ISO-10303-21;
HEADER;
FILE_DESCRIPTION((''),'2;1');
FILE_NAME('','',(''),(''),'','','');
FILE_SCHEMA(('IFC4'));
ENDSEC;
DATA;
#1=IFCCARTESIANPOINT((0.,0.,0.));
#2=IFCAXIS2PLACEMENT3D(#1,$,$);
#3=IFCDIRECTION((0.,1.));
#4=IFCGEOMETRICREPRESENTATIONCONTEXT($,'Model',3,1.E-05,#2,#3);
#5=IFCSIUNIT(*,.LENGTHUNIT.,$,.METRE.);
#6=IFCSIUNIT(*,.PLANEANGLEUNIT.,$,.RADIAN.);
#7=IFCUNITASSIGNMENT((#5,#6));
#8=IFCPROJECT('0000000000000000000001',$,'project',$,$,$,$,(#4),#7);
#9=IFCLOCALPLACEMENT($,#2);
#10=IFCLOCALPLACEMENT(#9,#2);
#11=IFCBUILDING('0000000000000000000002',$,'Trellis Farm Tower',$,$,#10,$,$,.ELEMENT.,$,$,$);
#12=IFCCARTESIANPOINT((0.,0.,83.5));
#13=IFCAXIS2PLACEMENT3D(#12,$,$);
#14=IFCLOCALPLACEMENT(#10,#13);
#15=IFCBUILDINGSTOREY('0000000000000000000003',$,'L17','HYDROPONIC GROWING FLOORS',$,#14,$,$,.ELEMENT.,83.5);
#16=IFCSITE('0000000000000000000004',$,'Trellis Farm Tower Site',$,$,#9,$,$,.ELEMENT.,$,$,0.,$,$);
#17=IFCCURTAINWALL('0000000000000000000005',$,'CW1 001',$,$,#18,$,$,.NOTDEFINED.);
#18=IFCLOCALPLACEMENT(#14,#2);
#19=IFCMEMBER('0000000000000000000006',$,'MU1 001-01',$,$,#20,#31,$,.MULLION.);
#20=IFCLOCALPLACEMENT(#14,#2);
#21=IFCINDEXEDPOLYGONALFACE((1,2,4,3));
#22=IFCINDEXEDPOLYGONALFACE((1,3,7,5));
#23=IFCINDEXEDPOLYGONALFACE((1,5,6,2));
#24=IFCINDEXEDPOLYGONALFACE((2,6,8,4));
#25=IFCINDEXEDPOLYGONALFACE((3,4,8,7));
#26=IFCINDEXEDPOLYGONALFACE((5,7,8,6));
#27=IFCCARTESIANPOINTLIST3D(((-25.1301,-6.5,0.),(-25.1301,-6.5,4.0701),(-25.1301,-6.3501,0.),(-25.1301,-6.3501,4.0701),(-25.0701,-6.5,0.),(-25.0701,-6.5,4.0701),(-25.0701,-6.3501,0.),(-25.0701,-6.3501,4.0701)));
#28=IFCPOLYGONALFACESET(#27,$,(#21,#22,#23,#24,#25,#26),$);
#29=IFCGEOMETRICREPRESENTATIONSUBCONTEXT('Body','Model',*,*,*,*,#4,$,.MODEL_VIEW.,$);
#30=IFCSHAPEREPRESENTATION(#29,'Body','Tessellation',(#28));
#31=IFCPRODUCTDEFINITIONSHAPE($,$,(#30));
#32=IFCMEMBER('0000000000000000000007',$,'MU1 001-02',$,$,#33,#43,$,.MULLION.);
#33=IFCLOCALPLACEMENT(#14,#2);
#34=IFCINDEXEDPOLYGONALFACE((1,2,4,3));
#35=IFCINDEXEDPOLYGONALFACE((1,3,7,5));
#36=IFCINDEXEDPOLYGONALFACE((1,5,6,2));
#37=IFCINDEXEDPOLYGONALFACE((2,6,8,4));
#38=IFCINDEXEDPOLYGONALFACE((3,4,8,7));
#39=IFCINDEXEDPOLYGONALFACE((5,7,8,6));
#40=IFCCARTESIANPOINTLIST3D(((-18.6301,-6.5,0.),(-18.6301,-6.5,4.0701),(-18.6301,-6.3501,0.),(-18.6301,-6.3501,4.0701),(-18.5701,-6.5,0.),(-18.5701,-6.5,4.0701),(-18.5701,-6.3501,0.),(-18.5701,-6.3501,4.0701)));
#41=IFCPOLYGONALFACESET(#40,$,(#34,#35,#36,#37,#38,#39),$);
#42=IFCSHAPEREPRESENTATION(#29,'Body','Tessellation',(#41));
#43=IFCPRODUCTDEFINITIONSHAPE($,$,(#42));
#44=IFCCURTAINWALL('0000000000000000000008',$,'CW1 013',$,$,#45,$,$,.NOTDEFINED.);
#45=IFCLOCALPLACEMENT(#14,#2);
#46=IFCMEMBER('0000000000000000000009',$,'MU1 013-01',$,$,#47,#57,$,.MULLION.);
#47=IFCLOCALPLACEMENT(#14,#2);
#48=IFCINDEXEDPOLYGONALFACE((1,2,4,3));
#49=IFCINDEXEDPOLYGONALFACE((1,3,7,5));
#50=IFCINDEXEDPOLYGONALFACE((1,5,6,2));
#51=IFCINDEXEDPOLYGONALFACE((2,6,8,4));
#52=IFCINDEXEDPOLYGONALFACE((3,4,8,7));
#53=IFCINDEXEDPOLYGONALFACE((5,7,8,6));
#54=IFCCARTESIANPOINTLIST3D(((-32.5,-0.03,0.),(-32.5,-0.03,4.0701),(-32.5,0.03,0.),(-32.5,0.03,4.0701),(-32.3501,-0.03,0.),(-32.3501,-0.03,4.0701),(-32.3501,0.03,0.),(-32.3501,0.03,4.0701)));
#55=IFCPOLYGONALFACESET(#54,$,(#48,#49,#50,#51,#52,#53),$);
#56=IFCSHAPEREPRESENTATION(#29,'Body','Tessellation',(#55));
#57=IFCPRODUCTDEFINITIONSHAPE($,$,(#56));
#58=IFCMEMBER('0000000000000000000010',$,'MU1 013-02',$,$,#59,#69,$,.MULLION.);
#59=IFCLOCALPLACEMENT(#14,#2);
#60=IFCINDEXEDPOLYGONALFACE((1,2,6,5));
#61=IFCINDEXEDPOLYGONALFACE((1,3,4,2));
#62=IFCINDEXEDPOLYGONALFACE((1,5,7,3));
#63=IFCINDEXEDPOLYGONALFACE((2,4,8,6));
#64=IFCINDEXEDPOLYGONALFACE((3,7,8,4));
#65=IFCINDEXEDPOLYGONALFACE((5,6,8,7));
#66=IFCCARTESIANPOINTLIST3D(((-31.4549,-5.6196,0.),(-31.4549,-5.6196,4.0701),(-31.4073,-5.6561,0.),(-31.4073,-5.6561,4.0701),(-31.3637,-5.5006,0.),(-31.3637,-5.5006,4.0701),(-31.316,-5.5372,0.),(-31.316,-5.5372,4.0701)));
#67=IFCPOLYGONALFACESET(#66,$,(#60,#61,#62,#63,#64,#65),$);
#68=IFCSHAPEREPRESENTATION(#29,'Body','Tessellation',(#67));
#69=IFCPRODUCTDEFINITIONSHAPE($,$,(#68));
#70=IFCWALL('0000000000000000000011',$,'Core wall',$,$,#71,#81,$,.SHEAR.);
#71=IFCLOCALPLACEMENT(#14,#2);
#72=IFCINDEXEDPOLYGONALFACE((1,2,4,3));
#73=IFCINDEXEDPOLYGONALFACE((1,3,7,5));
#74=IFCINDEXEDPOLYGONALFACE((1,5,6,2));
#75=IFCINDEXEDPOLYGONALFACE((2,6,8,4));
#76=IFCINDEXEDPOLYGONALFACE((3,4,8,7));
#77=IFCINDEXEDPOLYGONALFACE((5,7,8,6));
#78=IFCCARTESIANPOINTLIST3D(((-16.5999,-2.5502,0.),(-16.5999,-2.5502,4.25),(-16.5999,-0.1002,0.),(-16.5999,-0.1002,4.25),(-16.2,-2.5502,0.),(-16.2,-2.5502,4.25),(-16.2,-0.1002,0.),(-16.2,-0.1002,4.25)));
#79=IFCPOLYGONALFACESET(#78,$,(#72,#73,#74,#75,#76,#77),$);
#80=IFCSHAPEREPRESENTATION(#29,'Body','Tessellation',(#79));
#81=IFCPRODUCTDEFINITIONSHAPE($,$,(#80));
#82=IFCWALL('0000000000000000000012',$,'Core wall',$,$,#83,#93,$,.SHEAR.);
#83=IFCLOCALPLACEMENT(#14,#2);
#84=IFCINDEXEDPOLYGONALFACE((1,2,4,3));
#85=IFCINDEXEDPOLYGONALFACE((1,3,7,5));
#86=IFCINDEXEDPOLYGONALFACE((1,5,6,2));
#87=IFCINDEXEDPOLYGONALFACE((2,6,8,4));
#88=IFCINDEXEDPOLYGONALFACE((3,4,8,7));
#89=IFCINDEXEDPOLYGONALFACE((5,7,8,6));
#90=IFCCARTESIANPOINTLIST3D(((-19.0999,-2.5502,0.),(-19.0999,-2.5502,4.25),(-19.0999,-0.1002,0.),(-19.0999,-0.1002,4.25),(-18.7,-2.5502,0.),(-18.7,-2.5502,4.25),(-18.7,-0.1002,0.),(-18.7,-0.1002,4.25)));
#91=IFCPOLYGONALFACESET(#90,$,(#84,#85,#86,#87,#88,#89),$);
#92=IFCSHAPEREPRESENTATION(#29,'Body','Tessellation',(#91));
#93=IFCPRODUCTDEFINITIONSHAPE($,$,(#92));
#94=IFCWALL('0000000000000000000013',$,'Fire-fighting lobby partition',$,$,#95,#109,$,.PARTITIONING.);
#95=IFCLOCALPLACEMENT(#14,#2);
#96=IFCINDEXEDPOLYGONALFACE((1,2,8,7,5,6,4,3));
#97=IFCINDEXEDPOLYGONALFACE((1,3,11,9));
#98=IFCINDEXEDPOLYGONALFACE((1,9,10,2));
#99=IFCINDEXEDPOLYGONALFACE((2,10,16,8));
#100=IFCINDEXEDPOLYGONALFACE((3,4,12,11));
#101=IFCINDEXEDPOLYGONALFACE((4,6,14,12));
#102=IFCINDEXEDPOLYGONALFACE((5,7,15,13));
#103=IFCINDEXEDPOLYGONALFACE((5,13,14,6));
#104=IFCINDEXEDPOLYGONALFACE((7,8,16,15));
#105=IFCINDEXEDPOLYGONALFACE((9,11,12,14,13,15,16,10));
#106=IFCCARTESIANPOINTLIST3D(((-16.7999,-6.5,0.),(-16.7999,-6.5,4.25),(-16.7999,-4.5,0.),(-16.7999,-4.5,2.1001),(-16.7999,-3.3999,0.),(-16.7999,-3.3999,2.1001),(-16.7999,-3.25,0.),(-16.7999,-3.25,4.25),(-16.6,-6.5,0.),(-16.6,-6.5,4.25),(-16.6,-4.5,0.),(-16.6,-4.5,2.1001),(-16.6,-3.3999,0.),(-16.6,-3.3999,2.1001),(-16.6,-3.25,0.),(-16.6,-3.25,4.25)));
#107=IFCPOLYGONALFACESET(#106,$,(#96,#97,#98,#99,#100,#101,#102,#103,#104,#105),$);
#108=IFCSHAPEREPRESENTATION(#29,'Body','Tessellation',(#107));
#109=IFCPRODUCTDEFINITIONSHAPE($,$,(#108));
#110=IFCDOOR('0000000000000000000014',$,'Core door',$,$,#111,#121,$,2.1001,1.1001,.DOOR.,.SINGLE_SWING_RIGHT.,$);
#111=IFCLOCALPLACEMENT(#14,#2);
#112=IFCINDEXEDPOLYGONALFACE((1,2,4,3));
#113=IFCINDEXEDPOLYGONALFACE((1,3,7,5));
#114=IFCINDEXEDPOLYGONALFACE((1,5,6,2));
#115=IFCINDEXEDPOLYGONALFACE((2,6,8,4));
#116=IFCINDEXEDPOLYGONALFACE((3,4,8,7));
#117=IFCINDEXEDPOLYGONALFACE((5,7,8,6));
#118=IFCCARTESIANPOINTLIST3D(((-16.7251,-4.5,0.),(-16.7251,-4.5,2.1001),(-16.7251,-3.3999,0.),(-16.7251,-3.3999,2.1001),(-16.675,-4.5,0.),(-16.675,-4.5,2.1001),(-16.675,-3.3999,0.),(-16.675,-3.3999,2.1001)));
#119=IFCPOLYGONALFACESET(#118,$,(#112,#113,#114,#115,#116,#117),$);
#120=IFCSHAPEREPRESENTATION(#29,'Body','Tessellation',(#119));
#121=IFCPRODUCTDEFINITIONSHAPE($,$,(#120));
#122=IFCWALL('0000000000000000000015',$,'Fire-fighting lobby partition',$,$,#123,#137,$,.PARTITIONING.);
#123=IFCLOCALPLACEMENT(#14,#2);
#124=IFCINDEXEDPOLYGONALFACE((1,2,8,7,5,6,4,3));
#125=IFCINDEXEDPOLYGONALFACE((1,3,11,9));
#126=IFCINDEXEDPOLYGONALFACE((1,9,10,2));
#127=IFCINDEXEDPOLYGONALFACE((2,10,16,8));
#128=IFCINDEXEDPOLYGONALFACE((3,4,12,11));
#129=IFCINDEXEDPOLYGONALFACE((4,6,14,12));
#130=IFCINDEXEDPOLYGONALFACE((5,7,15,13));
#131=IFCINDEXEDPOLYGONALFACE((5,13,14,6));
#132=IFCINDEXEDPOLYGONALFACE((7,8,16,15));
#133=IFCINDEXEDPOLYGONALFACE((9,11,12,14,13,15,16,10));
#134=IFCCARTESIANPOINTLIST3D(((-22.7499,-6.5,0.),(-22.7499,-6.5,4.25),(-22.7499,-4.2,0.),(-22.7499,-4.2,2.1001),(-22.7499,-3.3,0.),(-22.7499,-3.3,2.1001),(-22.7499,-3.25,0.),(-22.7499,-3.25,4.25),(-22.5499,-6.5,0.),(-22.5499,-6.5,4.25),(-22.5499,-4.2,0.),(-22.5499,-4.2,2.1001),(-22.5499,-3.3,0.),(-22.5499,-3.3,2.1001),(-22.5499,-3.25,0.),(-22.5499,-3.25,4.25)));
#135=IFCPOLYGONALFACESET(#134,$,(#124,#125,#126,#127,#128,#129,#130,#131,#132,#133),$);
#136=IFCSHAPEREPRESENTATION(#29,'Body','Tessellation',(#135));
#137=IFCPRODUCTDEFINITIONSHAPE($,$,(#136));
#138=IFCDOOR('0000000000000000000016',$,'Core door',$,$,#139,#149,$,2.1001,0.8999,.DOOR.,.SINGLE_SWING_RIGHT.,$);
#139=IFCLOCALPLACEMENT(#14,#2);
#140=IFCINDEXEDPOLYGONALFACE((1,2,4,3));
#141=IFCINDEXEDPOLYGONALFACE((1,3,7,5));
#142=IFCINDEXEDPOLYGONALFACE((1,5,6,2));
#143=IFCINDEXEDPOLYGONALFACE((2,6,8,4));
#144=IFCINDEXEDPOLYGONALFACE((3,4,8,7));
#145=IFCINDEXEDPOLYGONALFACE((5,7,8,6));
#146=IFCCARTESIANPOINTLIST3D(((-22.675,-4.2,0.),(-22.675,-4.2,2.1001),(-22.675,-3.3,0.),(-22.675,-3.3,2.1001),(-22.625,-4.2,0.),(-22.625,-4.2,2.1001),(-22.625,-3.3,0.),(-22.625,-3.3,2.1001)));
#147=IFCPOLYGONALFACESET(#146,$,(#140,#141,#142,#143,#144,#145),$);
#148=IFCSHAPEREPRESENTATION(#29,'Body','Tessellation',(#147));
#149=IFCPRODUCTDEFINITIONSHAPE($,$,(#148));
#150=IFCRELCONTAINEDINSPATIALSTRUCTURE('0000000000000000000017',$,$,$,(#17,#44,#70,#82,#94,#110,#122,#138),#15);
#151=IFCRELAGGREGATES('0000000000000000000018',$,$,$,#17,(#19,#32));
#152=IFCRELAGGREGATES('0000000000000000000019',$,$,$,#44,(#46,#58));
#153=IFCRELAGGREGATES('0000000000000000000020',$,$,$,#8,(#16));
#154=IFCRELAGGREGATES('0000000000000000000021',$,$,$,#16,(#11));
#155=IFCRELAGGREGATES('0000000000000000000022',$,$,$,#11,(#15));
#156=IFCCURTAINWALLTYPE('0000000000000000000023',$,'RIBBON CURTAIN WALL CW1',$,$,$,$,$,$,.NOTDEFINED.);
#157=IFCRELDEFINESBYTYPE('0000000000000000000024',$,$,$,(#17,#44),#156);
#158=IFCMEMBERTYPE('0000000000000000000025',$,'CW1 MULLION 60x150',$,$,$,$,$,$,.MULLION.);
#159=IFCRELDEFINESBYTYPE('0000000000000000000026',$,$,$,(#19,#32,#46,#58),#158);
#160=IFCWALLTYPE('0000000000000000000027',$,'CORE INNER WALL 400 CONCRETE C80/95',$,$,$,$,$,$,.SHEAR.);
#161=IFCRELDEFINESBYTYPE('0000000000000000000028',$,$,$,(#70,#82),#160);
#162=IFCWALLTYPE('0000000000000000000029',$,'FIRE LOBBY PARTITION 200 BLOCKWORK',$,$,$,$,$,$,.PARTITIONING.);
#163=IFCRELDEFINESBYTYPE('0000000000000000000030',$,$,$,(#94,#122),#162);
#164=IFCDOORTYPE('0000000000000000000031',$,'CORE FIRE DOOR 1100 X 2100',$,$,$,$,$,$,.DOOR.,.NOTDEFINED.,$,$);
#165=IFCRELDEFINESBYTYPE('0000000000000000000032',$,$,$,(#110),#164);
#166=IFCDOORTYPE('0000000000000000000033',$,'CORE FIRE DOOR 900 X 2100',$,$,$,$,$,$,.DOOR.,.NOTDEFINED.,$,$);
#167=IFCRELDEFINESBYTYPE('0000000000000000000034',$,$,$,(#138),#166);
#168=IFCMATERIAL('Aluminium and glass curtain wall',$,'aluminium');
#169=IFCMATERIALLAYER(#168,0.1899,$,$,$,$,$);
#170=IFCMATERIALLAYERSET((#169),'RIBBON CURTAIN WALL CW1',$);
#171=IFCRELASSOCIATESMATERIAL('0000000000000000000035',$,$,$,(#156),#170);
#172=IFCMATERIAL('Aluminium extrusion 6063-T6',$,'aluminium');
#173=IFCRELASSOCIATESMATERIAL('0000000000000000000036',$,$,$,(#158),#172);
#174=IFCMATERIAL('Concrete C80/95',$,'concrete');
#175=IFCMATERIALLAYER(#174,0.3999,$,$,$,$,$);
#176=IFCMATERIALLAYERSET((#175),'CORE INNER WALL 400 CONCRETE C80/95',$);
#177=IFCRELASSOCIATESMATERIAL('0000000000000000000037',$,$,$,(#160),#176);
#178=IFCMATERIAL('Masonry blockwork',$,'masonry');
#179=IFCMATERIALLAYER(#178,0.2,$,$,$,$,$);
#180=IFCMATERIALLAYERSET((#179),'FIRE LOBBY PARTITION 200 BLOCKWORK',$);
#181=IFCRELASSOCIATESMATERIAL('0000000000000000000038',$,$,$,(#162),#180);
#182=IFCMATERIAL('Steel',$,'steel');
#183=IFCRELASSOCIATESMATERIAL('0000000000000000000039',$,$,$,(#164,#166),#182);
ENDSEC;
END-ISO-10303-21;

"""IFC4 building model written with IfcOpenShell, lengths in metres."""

from ifc_helpers import new_model, si_unit, direction, frame, frame_2d, origin, origin_2d, place, context, subcontext, project, spatial, rectangle, extrude, source, transform, mapped, material, layer, layer_set, material_profile, profile_set, type_object, element, fill, aggregate, save


model = new_model("IFC4")

# Units and contexts
model_context = context("Model", 3, precision=1e-05, world=origin(), true_north=direction((0.0, 1.0)))
body_context = subcontext(model_context, "Body", "Model", "MODEL_VIEW")
ifc_project = project(units=[si_unit("LENGTHUNIT", "METRE"), si_unit("PLANEANGLEUNIT", "RADIAN")], contexts=[model_context])

# Site, building, storey
site_placement = place(None, origin())
site = spatial("IfcSite", under=ifc_project, at=site_placement, Name="Trellis Farm Tower Site", CompositionType="ELEMENT", RefElevation=0.0)
building_placement = place(site_placement, origin())
building = spatial("IfcBuilding", under=site, at=building_placement, Name="Trellis Farm Tower", CompositionType="ELEMENT")
storey_placement = place(building_placement, frame((0.0, 0.0, 83.5)))
storey = spatial("IfcBuildingStorey", under=building, at=storey_placement, Name="L17", Description="HYDROPONIC GROWING FLOORS", CompositionType="ELEMENT", Elevation=83.5)

# Shared definitions
ifc_material_1 = material(Name="Concrete C80/95", Category="concrete")

# Curtain walls, members
ifc_material_2 = material(Name="Aluminium and glass curtain wall", Category="aluminium")
ifc_layer_1 = layer(ifc_material_2, 0.1899)
ifc_layer_set_1 = layer_set([ifc_layer_1], Name="RIBBON CURTAIN WALL CW1")
curtain_wall_type = type_object("IfcCurtainWallType", Name="RIBBON CURTAIN WALL CW1", PredefinedType="NOTDEFINED", material=ifc_layer_set_1)
placement = place(storey_placement, origin())
curtain_wall_1 = element("IfcCurtainWall", 1, at=placement, inside=storey, type_object=curtain_wall_type, Name="CW1 001", PredefinedType="NOTDEFINED")
ifc_material_3 = material(Name="Aluminium extrusion 6063-T6", Category="aluminium")
ifc_material_profile_1 = material_profile(ifc_material_3, rectangle(XDim=0.0601, YDim=0.1499, at=origin_2d()), Name="MULLION 60x150")
ifc_profile_set_1 = profile_set([ifc_material_profile_1], Name="Aluminium extrusion 6063-T6")
member_type = type_object("IfcMemberType", Name="CW1 MULLION 60x150", PredefinedType="MULLION", material=ifc_profile_set_1)
shared_shape_1 = source(origin(), body_context, "Body", "SweptSolid", [
    extrude(rectangle(XDim=0.0601, YDim=0.1499, at=origin_2d()), origin(), (0.0, 0.0, 1.0), 4.0701),
])
member_1_placement = place(storey_placement, frame((-25.1001, -6.425, 0.0), z_axis=(0.0, 0.0, 1.0), x_axis=(1.0, 0.0, 0.0)))
member_1 = element("IfcMember", 2, at=member_1_placement, type_object=member_type, Name="MU1 001-01", PredefinedType="MULLION", context=body_context, shape_type="MappedRepresentation", body=[
    mapped(shared_shape_1, transform((0.0, 0.0, 0.0))),
])
member_2_placement = place(storey_placement, frame((-18.6001, -6.425, 0.0), z_axis=(0.0, 0.0, 1.0), x_axis=(1.0, 0.0, 0.0)))
member_2 = element("IfcMember", 3, at=member_2_placement, type_object=member_type, Name="MU1 001-02", PredefinedType="MULLION", context=body_context, shape_type="MappedRepresentation", body=[
    mapped(shared_shape_1, transform((0.0, 0.0, 0.0))),
])
aggregate(curtain_wall_1, [member_1, member_2])
curtain_wall_2 = element("IfcCurtainWall", 4, at=placement, inside=storey, type_object=curtain_wall_type, Name="CW1 013", PredefinedType="NOTDEFINED")
member_3_placement = place(storey_placement, frame((-32.425, 0.0, 0.0), z_axis=(0.0, 0.0, 1.0), x_axis=(0.0, -1.0, 0.0)))
member_3 = element("IfcMember", 5, at=member_3_placement, type_object=member_type, Name="MU1 013-01", PredefinedType="MULLION", context=body_context, shape_type="MappedRepresentation", body=[
    mapped(shared_shape_1, transform((0.0, 0.0, 0.0))),
])
member_4_placement = place(storey_placement, frame((-31.3855, -5.5784, 0.0), z_axis=(0.0, 0.0, 1.0), x_axis=(0.793353, -0.608761, 0.0)))
member_4 = element("IfcMember", 6, at=member_4_placement, type_object=member_type, Name="MU1 013-02", PredefinedType="MULLION", context=body_context, shape_type="MappedRepresentation", body=[
    mapped(shared_shape_1, transform((0.0, 0.0, 0.0))),
])
aggregate(curtain_wall_2, [member_3, member_4])

# Walls
ifc_layer_2 = layer(ifc_material_1, 0.3999)
ifc_layer_set_2 = layer_set([ifc_layer_2], Name="CORE INNER WALL 400 CONCRETE C80/95")
wall_type_1 = type_object("IfcWallType", Name="CORE INNER WALL 400 CONCRETE C80/95", PredefinedType="SHEAR", material=ifc_layer_set_2)
shared_shape_2 = source(origin(), body_context, "Body", "SweptSolid", [
    extrude(rectangle(XDim=2.45, YDim=0.3999, at=frame_2d((1.2251, 0.0))), origin(), (0.0, 0.0, 1.0), 4.25),
])
for number, where, z_axis, x_axis, name in (
    (7, (-16.3999, -0.1001, 0.0), (0.0, 0.0, 1.0), (0.0, -1.0, 0.0), "Core wall"),
    (8, (-18.8999, -0.1001, 0.0), (0.0, 0.0, 1.0), (0.0, -1.0, 0.0), "Core wall"),
):
    element("IfcWall", number, at=place(storey_placement, frame(where, z_axis=z_axis, x_axis=x_axis)), inside=storey, type_object=wall_type_1, Name=name, PredefinedType="SHEAR", context=body_context, shape_type="MappedRepresentation", body=[
        mapped(shared_shape_2, transform((0.0, 0.0, 0.0))),
    ])

# Walls, openings, doors
ifc_material_4 = material(Name="Masonry blockwork", Category="masonry")
ifc_layer_3 = layer(ifc_material_4, 0.2)
ifc_layer_set_3 = layer_set([ifc_layer_3], Name="FIRE LOBBY PARTITION 200 BLOCKWORK")
wall_type_2 = type_object("IfcWallType", Name="FIRE LOBBY PARTITION 200 BLOCKWORK", PredefinedType="PARTITIONING", material=ifc_layer_set_3)
shared_shape_3 = source(origin(), body_context, "Body", "SweptSolid", [
    extrude(rectangle(XDim=3.25, YDim=0.2, at=frame_2d((1.625, 0.0))), origin(), (0.0, 0.0, 1.0), 4.25),
])
wall_1_placement = place(storey_placement, frame((-16.7, -3.25, 0.0), z_axis=(0.0, 0.0, 1.0), x_axis=(0.0, -1.0, 0.0)))
wall_1 = element("IfcWall", 9, at=wall_1_placement, inside=storey, type_object=wall_type_2, Name="Fire-fighting lobby partition", PredefinedType="PARTITIONING", context=body_context, shape_type="MappedRepresentation", body=[
    mapped(shared_shape_3, transform((0.0, 0.0, 0.0))),
])
shared_shape_4 = source(origin(), body_context, "Body", "SweptSolid", [
    extrude(rectangle(XDim=1.1001, YDim=2.1001, at=frame_2d((0.55, 1.05))), frame((0.0, 0.1101, 0.0), z_axis=(0.0, -1.0, 0.0), x_axis=(1.0, 0.0, 0.0)), (0.0, 0.0, 1.0), 0.2202),
])
opening_1_placement = place(wall_1_placement, frame((0.1499, 0.0, 0.0)))
opening_1 = element("IfcOpeningElement", 10, at=opening_1_placement, cuts=wall_1, PredefinedType="OPENING", context=body_context, shape_type="MappedRepresentation", body=[
    mapped(shared_shape_4, transform((0.0, 0.0, 0.0))),
])
ifc_material_5 = material(Name="Steel", Category="steel")
door_type_1 = type_object("IfcDoorType", Name="CORE FIRE DOOR 1100 X 2100", OperationType="NOTDEFINED", PredefinedType="DOOR", material=ifc_material_5)
shared_shape_5 = source(origin(), body_context, "Body", "SweptSolid", [
    extrude(rectangle(XDim=1.1001, YDim=2.1001, at=frame_2d((0.55, 1.05))), frame((0.0, 0.0249, 0.0), z_axis=(0.0, -1.0, 0.0), x_axis=(1.0, 0.0, 0.0)), (0.0, 0.0, 1.0), 0.05),
])
door_1_placement = place(opening_1_placement, origin())
door_1 = element("IfcDoor", 11, at=door_1_placement, inside=storey, type_object=door_type_1, Name="Core door", OperationType="SINGLE_SWING_RIGHT", OverallHeight=2.1001, OverallWidth=1.1001, PredefinedType="DOOR", context=body_context, shape_type="MappedRepresentation", body=[
    mapped(shared_shape_5, transform((0.0, 0.0, 0.0))),
])
fill(opening_1, door_1)
wall_2_placement = place(storey_placement, frame((-22.6499, -3.25, 0.0), z_axis=(0.0, 0.0, 1.0), x_axis=(0.0, -1.0, 0.0)))
wall_2 = element("IfcWall", 12, at=wall_2_placement, inside=storey, type_object=wall_type_2, Name="Fire-fighting lobby partition", PredefinedType="PARTITIONING", context=body_context, shape_type="MappedRepresentation", body=[
    mapped(shared_shape_3, transform((0.0, 0.0, 0.0))),
])
shared_shape_6 = source(origin(), body_context, "Body", "SweptSolid", [
    extrude(rectangle(XDim=0.8999, YDim=2.1001, at=frame_2d((0.45, 1.05))), frame((0.0, 0.1101, 0.0), z_axis=(0.0, -1.0, 0.0), x_axis=(1.0, 0.0, 0.0)), (0.0, 0.0, 1.0), 0.2202),
])
opening_2_placement = place(wall_2_placement, frame((0.05, 0.0, 0.0)))
opening_2 = element("IfcOpeningElement", 13, at=opening_2_placement, cuts=wall_2, PredefinedType="OPENING", context=body_context, shape_type="MappedRepresentation", body=[
    mapped(shared_shape_6, transform((0.0, 0.0, 0.0))),
])
door_type_2 = type_object("IfcDoorType", Name="CORE FIRE DOOR 900 X 2100", OperationType="NOTDEFINED", PredefinedType="DOOR", material=ifc_material_5)
shared_shape_7 = source(origin(), body_context, "Body", "SweptSolid", [
    extrude(rectangle(XDim=0.8999, YDim=2.1001, at=frame_2d((0.45, 1.05))), frame((0.0, 0.0249, 0.0), z_axis=(0.0, -1.0, 0.0), x_axis=(1.0, 0.0, 0.0)), (0.0, 0.0, 1.0), 0.05),
])
door_2_placement = place(opening_2_placement, origin())
door_2 = element("IfcDoor", 14, at=door_2_placement, inside=storey, type_object=door_type_2, Name="Core door", OperationType="SINGLE_SWING_RIGHT", OverallHeight=2.1001, OverallWidth=0.8999, PredefinedType="DOOR", context=body_context, shape_type="MappedRepresentation", body=[
    mapped(shared_shape_7, transform((0.0, 0.0, 0.0))),
])
fill(opening_2, door_2)

save(model, "model.ifc")
